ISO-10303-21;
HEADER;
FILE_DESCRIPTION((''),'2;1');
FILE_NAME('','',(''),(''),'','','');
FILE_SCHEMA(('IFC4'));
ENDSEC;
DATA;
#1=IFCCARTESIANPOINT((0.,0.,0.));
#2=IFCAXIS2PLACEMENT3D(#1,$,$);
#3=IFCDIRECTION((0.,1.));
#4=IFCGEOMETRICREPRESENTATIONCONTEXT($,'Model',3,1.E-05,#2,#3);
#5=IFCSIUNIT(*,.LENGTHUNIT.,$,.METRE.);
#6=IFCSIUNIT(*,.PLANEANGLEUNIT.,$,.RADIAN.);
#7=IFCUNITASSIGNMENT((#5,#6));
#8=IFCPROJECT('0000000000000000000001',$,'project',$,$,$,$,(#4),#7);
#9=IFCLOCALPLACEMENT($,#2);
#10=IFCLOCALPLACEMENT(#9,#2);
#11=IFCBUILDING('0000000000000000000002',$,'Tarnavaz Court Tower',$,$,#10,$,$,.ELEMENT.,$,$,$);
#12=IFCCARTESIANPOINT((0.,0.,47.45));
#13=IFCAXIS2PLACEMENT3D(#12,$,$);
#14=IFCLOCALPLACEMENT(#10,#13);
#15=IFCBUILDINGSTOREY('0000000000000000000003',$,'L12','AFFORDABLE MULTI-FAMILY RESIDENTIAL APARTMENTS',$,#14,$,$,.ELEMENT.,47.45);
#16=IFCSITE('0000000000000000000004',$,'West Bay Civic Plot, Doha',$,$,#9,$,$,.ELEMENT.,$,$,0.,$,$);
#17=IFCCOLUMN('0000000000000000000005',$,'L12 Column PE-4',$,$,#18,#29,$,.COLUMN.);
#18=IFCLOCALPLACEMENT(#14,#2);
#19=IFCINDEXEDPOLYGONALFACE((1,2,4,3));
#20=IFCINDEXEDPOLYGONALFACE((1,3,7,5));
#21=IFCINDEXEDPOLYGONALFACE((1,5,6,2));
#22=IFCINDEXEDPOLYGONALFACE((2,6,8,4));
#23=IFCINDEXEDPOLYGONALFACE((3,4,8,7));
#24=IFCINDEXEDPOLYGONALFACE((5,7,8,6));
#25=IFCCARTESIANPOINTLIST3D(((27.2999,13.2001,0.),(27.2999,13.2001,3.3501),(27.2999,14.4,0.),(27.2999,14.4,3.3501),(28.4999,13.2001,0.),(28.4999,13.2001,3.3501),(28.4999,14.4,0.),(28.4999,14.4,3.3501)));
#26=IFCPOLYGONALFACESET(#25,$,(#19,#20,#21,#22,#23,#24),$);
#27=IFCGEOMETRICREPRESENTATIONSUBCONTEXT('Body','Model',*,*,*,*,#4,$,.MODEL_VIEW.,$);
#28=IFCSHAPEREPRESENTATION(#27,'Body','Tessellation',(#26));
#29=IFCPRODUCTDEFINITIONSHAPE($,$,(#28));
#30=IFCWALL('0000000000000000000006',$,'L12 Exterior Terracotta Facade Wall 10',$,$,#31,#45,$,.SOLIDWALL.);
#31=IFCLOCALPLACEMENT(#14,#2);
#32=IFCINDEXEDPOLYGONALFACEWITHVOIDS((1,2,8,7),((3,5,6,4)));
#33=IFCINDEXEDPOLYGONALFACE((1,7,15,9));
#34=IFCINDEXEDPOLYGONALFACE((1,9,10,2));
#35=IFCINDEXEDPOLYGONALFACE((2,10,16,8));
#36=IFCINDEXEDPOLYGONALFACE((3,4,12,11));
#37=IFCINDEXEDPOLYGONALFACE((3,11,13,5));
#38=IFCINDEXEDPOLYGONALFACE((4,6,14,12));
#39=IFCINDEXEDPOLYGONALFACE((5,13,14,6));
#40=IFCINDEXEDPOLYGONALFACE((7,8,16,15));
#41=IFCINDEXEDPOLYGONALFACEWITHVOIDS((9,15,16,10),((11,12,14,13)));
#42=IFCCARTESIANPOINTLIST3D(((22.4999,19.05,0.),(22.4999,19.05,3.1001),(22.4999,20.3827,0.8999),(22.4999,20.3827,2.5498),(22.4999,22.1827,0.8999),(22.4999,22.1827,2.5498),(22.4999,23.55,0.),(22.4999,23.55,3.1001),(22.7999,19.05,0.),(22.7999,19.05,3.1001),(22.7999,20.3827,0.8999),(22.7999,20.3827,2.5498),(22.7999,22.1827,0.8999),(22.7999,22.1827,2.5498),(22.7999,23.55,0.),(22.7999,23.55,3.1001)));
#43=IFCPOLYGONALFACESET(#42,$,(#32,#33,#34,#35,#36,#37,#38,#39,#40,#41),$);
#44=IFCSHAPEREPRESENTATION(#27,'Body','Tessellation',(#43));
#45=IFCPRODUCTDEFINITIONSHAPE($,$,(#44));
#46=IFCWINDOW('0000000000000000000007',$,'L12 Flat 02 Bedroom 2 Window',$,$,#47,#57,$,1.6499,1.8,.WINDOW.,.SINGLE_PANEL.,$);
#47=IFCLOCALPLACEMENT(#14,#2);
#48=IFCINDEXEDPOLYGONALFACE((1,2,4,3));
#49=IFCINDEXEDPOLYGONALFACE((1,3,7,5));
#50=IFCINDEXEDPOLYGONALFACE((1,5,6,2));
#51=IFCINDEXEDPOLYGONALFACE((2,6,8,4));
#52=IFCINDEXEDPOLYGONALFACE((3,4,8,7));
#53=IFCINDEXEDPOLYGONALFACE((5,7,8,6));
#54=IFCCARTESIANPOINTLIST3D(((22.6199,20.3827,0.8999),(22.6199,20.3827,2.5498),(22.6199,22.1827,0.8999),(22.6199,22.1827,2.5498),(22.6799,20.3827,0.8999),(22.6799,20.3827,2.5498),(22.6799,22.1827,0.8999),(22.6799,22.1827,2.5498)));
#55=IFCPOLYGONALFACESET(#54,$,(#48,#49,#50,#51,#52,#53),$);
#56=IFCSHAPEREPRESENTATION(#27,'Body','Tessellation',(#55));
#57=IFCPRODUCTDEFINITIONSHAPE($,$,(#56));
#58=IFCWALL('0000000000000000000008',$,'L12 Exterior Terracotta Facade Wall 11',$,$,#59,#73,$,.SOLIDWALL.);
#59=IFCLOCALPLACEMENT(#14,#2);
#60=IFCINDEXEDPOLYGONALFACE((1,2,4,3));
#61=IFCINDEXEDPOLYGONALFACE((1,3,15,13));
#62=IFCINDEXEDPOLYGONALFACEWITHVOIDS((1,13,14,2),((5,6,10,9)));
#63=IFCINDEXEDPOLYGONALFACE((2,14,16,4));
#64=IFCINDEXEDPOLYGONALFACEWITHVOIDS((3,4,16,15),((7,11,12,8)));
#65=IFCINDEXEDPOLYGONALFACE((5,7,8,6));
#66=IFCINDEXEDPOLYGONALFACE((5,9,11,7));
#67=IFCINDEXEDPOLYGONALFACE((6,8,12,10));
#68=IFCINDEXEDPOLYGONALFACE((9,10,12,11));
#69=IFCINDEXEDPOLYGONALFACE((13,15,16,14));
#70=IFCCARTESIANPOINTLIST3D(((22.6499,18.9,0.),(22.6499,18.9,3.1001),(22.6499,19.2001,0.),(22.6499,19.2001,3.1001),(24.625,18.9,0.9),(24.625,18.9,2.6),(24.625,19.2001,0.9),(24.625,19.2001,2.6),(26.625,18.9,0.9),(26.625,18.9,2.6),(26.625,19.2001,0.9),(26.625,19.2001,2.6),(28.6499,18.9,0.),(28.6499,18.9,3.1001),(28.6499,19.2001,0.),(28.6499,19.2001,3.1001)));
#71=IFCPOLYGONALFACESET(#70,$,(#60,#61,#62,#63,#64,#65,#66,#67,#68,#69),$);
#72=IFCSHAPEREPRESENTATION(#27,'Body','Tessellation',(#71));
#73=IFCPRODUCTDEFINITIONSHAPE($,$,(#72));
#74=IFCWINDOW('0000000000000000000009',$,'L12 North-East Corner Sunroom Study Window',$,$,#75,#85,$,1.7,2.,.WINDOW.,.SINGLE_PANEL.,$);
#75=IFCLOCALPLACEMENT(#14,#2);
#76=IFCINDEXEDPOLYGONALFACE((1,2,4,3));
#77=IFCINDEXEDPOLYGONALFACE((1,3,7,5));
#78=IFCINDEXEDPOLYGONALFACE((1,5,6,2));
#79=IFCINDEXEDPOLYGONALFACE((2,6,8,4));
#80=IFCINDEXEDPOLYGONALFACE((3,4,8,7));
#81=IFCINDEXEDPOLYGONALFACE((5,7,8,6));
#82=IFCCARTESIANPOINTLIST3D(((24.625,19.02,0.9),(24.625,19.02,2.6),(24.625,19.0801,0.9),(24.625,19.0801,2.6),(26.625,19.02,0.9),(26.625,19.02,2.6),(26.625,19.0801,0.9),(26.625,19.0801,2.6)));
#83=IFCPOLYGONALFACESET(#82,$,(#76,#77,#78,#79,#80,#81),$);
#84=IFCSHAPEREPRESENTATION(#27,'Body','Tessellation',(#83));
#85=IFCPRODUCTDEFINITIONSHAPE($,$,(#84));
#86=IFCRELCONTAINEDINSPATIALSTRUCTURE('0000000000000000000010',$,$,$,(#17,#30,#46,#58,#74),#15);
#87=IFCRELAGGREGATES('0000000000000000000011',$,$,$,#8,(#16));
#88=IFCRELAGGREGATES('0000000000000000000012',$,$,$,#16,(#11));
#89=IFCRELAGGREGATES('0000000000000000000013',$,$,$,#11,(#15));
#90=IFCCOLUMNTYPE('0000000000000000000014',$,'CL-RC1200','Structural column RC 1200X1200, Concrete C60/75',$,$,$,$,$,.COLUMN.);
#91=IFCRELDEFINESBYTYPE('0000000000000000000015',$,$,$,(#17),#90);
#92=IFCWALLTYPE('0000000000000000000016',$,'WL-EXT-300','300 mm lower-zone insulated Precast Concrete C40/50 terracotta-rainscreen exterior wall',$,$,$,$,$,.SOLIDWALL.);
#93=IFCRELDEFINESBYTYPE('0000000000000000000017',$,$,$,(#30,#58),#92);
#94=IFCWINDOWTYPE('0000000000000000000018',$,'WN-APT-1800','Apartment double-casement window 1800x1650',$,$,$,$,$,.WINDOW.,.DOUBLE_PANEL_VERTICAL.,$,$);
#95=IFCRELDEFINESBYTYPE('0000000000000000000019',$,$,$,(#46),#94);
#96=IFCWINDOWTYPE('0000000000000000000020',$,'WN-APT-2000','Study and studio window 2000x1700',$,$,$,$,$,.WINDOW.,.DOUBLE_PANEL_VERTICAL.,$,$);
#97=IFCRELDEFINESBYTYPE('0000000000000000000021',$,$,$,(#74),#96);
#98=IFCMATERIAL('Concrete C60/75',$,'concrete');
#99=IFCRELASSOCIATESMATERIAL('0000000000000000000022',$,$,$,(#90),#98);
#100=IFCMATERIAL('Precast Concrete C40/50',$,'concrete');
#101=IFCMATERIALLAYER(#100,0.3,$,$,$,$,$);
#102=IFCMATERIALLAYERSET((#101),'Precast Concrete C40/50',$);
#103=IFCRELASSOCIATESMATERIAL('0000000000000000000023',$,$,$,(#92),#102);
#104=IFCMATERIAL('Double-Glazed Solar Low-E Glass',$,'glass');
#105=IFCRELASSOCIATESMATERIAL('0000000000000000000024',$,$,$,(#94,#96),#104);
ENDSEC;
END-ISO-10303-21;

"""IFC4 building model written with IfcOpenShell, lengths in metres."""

from ifc_helpers import new_model, si_unit, direction, frame, frame_2d, origin, origin_2d, place, context, subcontext, project, spatial, rectangle, extrude, material, layer, layer_set, material_profile, profile_set, type_object, element, fill, save


model = new_model("IFC4")

# Units and contexts
model_context = context("Model", 3, precision=1e-05, world=origin(), true_north=direction((0.0, 1.0)))
body_context = subcontext(model_context, "Body", "Model", "MODEL_VIEW")
ifc_project = project(units=[si_unit("LENGTHUNIT", "METRE"), si_unit("PLANEANGLEUNIT", "RADIAN")], contexts=[model_context])

# Site, building, storey
site_placement = place(None, origin())
site = spatial("IfcSite", under=ifc_project, at=site_placement, Name="West Bay Civic Plot, Doha", CompositionType="ELEMENT", RefElevation=0.0)
building_placement = place(site_placement, origin())
building = spatial("IfcBuilding", under=site, at=building_placement, Name="Tarnavaz Court Tower", CompositionType="ELEMENT")
storey_placement = place(building_placement, frame((0.0, 0.0, 47.45)))
storey = spatial("IfcBuildingStorey", under=building, at=storey_placement, Name="L12", Description="AFFORDABLE MULTI-FAMILY RESIDENTIAL APARTMENTS", CompositionType="ELEMENT", Elevation=47.45)

# Column
ifc_material_1 = material(Name="Concrete C60/75", Category="concrete")
ifc_material_profile_1 = material_profile(ifc_material_1, rectangle(XDim=1.2, YDim=1.2, at=origin_2d()), Name="RC 1200X1200")
ifc_profile_set_1 = profile_set([ifc_material_profile_1], Name="Concrete C60/75")
column_type = type_object("IfcColumnType", Name="CL-RC1200", Description="Structural column RC 1200X1200, Concrete C60/75", PredefinedType="COLUMN", material=ifc_profile_set_1)
column_placement = place(storey_placement, frame((27.8999, 13.8, 0.0), z_axis=(0.0, 0.0, 1.0), x_axis=(1.0, 0.0, 0.0)))
element("IfcColumn", 1, at=column_placement, inside=storey, type_object=column_type, Name="L12 Column PE-4", PredefinedType="COLUMN", context=body_context, shape_type="SweptSolid", body=[
    extrude(rectangle(XDim=1.2, YDim=1.2, at=origin_2d()), origin(), (0.0, 0.0, 1.0), 3.3501),
])

# Walls, openings, windows
ifc_material_2 = material(Name="Precast Concrete C40/50", Category="concrete")
ifc_layer_1 = layer(ifc_material_2, 0.3)
ifc_layer_set_1 = layer_set([ifc_layer_1], Name="Precast Concrete C40/50")
wall_type_1 = type_object("IfcWallType", Name="WL-EXT-300", Description="300 mm lower-zone insulated Precast Concrete C40/50 terracotta-rainscreen exterior wall", PredefinedType="SOLIDWALL", material=ifc_layer_set_1)
wall_1_placement = place(storey_placement, frame((22.6499, 23.55, 0.0), z_axis=(0.0, 0.0, 1.0), x_axis=(0.0, -1.0, 0.0)))
wall_1 = element("IfcWall", 2, at=wall_1_placement, inside=storey, type_object=wall_type_1, Name="L12 Exterior Terracotta Facade Wall 10", PredefinedType="SOLIDWALL", context=body_context, shape_type="SweptSolid", body=[
    extrude(rectangle(XDim=4.5, YDim=0.3, at=frame_2d((2.25, 0.0))), origin(), (0.0, 0.0, 1.0), 3.1001),
])
opening_1_placement = place(wall_1_placement, frame((1.3674, 0.0, 0.8999)))
opening_1 = element("IfcOpeningElement", 3, at=opening_1_placement, cuts=wall_1, PredefinedType="OPENING", context=body_context, shape_type="SweptSolid", body=[
    extrude(rectangle(XDim=1.8, YDim=1.6499, at=frame_2d((0.8999, 0.825))), frame((0.0, 0.1599, 0.0), z_axis=(0.0, -1.0, 0.0), x_axis=(1.0, 0.0, 0.0)), (0.0, 0.0, 1.0), 0.3201),
])
ifc_material_3 = material(Name="Double-Glazed Solar Low-E Glass", Category="glass")
window_type_1 = type_object("IfcWindowType", Name="WN-APT-1800", Description="Apartment double-casement window 1800x1650", PartitioningType="DOUBLE_PANEL_VERTICAL", PredefinedType="WINDOW", material=ifc_material_3)
window_1_placement = place(opening_1_placement, origin())
window_1 = element("IfcWindow", 4, at=window_1_placement, inside=storey, type_object=window_type_1, Name="L12 Flat 02 Bedroom 2 Window", OverallHeight=1.6499, OverallWidth=1.8, PartitioningType="SINGLE_PANEL", PredefinedType="WINDOW", context=body_context, shape_type="SweptSolid", body=[
    extrude(rectangle(XDim=1.8, YDim=1.6499, at=frame_2d((0.8999, 0.825))), frame((0.0, 0.03, 0.0), z_axis=(0.0, -1.0, 0.0), x_axis=(1.0, 0.0, 0.0)), (0.0, 0.0, 1.0), 0.0601),
])
fill(opening_1, window_1)
wall_2_placement = place(storey_placement, frame((22.6499, 19.05, 0.0), z_axis=(0.0, 0.0, 1.0), x_axis=(1.0, 0.0, 0.0)))
wall_2 = element("IfcWall", 5, at=wall_2_placement, inside=storey, type_object=wall_type_1, Name="L12 Exterior Terracotta Facade Wall 11", PredefinedType="SOLIDWALL", context=body_context, shape_type="SweptSolid", body=[
    extrude(rectangle(XDim=6.0, YDim=0.3, at=frame_2d((3.0, 0.0))), origin(), (0.0, 0.0, 1.0), 3.1001),
])
opening_2_placement = place(wall_2_placement, frame((1.9751, 0.0, 0.8999)))
opening_2 = element("IfcOpeningElement", 6, at=opening_2_placement, cuts=wall_2, PredefinedType="OPENING", context=body_context, shape_type="SweptSolid", body=[
    extrude(rectangle(XDim=2.0, YDim=1.7, at=frame_2d((1.0, 0.8501))), frame((0.0, 0.1599, 0.0), z_axis=(0.0, -1.0, 0.0), x_axis=(1.0, 0.0, 0.0)), (0.0, 0.0, 1.0), 0.3201),
])
window_type_2 = type_object("IfcWindowType", Name="WN-APT-2000", Description="Study and studio window 2000x1700", PartitioningType="DOUBLE_PANEL_VERTICAL", PredefinedType="WINDOW", material=ifc_material_3)
window_2_placement = place(opening_2_placement, origin())
window_2 = element("IfcWindow", 7, at=window_2_placement, inside=storey, type_object=window_type_2, Name="L12 North-East Corner Sunroom Study Window", OverallHeight=1.7, OverallWidth=2.0, PartitioningType="SINGLE_PANEL", PredefinedType="WINDOW", context=body_context, shape_type="SweptSolid", body=[
    extrude(rectangle(XDim=2.0, YDim=1.7, at=frame_2d((1.0, 0.8501))), frame((0.0, 0.03, 0.0), z_axis=(0.0, -1.0, 0.0), x_axis=(1.0, 0.0, 0.0)), (0.0, 0.0, 1.0), 0.0601),
])
fill(opening_2, window_2)

save(model, "model.ifc")
